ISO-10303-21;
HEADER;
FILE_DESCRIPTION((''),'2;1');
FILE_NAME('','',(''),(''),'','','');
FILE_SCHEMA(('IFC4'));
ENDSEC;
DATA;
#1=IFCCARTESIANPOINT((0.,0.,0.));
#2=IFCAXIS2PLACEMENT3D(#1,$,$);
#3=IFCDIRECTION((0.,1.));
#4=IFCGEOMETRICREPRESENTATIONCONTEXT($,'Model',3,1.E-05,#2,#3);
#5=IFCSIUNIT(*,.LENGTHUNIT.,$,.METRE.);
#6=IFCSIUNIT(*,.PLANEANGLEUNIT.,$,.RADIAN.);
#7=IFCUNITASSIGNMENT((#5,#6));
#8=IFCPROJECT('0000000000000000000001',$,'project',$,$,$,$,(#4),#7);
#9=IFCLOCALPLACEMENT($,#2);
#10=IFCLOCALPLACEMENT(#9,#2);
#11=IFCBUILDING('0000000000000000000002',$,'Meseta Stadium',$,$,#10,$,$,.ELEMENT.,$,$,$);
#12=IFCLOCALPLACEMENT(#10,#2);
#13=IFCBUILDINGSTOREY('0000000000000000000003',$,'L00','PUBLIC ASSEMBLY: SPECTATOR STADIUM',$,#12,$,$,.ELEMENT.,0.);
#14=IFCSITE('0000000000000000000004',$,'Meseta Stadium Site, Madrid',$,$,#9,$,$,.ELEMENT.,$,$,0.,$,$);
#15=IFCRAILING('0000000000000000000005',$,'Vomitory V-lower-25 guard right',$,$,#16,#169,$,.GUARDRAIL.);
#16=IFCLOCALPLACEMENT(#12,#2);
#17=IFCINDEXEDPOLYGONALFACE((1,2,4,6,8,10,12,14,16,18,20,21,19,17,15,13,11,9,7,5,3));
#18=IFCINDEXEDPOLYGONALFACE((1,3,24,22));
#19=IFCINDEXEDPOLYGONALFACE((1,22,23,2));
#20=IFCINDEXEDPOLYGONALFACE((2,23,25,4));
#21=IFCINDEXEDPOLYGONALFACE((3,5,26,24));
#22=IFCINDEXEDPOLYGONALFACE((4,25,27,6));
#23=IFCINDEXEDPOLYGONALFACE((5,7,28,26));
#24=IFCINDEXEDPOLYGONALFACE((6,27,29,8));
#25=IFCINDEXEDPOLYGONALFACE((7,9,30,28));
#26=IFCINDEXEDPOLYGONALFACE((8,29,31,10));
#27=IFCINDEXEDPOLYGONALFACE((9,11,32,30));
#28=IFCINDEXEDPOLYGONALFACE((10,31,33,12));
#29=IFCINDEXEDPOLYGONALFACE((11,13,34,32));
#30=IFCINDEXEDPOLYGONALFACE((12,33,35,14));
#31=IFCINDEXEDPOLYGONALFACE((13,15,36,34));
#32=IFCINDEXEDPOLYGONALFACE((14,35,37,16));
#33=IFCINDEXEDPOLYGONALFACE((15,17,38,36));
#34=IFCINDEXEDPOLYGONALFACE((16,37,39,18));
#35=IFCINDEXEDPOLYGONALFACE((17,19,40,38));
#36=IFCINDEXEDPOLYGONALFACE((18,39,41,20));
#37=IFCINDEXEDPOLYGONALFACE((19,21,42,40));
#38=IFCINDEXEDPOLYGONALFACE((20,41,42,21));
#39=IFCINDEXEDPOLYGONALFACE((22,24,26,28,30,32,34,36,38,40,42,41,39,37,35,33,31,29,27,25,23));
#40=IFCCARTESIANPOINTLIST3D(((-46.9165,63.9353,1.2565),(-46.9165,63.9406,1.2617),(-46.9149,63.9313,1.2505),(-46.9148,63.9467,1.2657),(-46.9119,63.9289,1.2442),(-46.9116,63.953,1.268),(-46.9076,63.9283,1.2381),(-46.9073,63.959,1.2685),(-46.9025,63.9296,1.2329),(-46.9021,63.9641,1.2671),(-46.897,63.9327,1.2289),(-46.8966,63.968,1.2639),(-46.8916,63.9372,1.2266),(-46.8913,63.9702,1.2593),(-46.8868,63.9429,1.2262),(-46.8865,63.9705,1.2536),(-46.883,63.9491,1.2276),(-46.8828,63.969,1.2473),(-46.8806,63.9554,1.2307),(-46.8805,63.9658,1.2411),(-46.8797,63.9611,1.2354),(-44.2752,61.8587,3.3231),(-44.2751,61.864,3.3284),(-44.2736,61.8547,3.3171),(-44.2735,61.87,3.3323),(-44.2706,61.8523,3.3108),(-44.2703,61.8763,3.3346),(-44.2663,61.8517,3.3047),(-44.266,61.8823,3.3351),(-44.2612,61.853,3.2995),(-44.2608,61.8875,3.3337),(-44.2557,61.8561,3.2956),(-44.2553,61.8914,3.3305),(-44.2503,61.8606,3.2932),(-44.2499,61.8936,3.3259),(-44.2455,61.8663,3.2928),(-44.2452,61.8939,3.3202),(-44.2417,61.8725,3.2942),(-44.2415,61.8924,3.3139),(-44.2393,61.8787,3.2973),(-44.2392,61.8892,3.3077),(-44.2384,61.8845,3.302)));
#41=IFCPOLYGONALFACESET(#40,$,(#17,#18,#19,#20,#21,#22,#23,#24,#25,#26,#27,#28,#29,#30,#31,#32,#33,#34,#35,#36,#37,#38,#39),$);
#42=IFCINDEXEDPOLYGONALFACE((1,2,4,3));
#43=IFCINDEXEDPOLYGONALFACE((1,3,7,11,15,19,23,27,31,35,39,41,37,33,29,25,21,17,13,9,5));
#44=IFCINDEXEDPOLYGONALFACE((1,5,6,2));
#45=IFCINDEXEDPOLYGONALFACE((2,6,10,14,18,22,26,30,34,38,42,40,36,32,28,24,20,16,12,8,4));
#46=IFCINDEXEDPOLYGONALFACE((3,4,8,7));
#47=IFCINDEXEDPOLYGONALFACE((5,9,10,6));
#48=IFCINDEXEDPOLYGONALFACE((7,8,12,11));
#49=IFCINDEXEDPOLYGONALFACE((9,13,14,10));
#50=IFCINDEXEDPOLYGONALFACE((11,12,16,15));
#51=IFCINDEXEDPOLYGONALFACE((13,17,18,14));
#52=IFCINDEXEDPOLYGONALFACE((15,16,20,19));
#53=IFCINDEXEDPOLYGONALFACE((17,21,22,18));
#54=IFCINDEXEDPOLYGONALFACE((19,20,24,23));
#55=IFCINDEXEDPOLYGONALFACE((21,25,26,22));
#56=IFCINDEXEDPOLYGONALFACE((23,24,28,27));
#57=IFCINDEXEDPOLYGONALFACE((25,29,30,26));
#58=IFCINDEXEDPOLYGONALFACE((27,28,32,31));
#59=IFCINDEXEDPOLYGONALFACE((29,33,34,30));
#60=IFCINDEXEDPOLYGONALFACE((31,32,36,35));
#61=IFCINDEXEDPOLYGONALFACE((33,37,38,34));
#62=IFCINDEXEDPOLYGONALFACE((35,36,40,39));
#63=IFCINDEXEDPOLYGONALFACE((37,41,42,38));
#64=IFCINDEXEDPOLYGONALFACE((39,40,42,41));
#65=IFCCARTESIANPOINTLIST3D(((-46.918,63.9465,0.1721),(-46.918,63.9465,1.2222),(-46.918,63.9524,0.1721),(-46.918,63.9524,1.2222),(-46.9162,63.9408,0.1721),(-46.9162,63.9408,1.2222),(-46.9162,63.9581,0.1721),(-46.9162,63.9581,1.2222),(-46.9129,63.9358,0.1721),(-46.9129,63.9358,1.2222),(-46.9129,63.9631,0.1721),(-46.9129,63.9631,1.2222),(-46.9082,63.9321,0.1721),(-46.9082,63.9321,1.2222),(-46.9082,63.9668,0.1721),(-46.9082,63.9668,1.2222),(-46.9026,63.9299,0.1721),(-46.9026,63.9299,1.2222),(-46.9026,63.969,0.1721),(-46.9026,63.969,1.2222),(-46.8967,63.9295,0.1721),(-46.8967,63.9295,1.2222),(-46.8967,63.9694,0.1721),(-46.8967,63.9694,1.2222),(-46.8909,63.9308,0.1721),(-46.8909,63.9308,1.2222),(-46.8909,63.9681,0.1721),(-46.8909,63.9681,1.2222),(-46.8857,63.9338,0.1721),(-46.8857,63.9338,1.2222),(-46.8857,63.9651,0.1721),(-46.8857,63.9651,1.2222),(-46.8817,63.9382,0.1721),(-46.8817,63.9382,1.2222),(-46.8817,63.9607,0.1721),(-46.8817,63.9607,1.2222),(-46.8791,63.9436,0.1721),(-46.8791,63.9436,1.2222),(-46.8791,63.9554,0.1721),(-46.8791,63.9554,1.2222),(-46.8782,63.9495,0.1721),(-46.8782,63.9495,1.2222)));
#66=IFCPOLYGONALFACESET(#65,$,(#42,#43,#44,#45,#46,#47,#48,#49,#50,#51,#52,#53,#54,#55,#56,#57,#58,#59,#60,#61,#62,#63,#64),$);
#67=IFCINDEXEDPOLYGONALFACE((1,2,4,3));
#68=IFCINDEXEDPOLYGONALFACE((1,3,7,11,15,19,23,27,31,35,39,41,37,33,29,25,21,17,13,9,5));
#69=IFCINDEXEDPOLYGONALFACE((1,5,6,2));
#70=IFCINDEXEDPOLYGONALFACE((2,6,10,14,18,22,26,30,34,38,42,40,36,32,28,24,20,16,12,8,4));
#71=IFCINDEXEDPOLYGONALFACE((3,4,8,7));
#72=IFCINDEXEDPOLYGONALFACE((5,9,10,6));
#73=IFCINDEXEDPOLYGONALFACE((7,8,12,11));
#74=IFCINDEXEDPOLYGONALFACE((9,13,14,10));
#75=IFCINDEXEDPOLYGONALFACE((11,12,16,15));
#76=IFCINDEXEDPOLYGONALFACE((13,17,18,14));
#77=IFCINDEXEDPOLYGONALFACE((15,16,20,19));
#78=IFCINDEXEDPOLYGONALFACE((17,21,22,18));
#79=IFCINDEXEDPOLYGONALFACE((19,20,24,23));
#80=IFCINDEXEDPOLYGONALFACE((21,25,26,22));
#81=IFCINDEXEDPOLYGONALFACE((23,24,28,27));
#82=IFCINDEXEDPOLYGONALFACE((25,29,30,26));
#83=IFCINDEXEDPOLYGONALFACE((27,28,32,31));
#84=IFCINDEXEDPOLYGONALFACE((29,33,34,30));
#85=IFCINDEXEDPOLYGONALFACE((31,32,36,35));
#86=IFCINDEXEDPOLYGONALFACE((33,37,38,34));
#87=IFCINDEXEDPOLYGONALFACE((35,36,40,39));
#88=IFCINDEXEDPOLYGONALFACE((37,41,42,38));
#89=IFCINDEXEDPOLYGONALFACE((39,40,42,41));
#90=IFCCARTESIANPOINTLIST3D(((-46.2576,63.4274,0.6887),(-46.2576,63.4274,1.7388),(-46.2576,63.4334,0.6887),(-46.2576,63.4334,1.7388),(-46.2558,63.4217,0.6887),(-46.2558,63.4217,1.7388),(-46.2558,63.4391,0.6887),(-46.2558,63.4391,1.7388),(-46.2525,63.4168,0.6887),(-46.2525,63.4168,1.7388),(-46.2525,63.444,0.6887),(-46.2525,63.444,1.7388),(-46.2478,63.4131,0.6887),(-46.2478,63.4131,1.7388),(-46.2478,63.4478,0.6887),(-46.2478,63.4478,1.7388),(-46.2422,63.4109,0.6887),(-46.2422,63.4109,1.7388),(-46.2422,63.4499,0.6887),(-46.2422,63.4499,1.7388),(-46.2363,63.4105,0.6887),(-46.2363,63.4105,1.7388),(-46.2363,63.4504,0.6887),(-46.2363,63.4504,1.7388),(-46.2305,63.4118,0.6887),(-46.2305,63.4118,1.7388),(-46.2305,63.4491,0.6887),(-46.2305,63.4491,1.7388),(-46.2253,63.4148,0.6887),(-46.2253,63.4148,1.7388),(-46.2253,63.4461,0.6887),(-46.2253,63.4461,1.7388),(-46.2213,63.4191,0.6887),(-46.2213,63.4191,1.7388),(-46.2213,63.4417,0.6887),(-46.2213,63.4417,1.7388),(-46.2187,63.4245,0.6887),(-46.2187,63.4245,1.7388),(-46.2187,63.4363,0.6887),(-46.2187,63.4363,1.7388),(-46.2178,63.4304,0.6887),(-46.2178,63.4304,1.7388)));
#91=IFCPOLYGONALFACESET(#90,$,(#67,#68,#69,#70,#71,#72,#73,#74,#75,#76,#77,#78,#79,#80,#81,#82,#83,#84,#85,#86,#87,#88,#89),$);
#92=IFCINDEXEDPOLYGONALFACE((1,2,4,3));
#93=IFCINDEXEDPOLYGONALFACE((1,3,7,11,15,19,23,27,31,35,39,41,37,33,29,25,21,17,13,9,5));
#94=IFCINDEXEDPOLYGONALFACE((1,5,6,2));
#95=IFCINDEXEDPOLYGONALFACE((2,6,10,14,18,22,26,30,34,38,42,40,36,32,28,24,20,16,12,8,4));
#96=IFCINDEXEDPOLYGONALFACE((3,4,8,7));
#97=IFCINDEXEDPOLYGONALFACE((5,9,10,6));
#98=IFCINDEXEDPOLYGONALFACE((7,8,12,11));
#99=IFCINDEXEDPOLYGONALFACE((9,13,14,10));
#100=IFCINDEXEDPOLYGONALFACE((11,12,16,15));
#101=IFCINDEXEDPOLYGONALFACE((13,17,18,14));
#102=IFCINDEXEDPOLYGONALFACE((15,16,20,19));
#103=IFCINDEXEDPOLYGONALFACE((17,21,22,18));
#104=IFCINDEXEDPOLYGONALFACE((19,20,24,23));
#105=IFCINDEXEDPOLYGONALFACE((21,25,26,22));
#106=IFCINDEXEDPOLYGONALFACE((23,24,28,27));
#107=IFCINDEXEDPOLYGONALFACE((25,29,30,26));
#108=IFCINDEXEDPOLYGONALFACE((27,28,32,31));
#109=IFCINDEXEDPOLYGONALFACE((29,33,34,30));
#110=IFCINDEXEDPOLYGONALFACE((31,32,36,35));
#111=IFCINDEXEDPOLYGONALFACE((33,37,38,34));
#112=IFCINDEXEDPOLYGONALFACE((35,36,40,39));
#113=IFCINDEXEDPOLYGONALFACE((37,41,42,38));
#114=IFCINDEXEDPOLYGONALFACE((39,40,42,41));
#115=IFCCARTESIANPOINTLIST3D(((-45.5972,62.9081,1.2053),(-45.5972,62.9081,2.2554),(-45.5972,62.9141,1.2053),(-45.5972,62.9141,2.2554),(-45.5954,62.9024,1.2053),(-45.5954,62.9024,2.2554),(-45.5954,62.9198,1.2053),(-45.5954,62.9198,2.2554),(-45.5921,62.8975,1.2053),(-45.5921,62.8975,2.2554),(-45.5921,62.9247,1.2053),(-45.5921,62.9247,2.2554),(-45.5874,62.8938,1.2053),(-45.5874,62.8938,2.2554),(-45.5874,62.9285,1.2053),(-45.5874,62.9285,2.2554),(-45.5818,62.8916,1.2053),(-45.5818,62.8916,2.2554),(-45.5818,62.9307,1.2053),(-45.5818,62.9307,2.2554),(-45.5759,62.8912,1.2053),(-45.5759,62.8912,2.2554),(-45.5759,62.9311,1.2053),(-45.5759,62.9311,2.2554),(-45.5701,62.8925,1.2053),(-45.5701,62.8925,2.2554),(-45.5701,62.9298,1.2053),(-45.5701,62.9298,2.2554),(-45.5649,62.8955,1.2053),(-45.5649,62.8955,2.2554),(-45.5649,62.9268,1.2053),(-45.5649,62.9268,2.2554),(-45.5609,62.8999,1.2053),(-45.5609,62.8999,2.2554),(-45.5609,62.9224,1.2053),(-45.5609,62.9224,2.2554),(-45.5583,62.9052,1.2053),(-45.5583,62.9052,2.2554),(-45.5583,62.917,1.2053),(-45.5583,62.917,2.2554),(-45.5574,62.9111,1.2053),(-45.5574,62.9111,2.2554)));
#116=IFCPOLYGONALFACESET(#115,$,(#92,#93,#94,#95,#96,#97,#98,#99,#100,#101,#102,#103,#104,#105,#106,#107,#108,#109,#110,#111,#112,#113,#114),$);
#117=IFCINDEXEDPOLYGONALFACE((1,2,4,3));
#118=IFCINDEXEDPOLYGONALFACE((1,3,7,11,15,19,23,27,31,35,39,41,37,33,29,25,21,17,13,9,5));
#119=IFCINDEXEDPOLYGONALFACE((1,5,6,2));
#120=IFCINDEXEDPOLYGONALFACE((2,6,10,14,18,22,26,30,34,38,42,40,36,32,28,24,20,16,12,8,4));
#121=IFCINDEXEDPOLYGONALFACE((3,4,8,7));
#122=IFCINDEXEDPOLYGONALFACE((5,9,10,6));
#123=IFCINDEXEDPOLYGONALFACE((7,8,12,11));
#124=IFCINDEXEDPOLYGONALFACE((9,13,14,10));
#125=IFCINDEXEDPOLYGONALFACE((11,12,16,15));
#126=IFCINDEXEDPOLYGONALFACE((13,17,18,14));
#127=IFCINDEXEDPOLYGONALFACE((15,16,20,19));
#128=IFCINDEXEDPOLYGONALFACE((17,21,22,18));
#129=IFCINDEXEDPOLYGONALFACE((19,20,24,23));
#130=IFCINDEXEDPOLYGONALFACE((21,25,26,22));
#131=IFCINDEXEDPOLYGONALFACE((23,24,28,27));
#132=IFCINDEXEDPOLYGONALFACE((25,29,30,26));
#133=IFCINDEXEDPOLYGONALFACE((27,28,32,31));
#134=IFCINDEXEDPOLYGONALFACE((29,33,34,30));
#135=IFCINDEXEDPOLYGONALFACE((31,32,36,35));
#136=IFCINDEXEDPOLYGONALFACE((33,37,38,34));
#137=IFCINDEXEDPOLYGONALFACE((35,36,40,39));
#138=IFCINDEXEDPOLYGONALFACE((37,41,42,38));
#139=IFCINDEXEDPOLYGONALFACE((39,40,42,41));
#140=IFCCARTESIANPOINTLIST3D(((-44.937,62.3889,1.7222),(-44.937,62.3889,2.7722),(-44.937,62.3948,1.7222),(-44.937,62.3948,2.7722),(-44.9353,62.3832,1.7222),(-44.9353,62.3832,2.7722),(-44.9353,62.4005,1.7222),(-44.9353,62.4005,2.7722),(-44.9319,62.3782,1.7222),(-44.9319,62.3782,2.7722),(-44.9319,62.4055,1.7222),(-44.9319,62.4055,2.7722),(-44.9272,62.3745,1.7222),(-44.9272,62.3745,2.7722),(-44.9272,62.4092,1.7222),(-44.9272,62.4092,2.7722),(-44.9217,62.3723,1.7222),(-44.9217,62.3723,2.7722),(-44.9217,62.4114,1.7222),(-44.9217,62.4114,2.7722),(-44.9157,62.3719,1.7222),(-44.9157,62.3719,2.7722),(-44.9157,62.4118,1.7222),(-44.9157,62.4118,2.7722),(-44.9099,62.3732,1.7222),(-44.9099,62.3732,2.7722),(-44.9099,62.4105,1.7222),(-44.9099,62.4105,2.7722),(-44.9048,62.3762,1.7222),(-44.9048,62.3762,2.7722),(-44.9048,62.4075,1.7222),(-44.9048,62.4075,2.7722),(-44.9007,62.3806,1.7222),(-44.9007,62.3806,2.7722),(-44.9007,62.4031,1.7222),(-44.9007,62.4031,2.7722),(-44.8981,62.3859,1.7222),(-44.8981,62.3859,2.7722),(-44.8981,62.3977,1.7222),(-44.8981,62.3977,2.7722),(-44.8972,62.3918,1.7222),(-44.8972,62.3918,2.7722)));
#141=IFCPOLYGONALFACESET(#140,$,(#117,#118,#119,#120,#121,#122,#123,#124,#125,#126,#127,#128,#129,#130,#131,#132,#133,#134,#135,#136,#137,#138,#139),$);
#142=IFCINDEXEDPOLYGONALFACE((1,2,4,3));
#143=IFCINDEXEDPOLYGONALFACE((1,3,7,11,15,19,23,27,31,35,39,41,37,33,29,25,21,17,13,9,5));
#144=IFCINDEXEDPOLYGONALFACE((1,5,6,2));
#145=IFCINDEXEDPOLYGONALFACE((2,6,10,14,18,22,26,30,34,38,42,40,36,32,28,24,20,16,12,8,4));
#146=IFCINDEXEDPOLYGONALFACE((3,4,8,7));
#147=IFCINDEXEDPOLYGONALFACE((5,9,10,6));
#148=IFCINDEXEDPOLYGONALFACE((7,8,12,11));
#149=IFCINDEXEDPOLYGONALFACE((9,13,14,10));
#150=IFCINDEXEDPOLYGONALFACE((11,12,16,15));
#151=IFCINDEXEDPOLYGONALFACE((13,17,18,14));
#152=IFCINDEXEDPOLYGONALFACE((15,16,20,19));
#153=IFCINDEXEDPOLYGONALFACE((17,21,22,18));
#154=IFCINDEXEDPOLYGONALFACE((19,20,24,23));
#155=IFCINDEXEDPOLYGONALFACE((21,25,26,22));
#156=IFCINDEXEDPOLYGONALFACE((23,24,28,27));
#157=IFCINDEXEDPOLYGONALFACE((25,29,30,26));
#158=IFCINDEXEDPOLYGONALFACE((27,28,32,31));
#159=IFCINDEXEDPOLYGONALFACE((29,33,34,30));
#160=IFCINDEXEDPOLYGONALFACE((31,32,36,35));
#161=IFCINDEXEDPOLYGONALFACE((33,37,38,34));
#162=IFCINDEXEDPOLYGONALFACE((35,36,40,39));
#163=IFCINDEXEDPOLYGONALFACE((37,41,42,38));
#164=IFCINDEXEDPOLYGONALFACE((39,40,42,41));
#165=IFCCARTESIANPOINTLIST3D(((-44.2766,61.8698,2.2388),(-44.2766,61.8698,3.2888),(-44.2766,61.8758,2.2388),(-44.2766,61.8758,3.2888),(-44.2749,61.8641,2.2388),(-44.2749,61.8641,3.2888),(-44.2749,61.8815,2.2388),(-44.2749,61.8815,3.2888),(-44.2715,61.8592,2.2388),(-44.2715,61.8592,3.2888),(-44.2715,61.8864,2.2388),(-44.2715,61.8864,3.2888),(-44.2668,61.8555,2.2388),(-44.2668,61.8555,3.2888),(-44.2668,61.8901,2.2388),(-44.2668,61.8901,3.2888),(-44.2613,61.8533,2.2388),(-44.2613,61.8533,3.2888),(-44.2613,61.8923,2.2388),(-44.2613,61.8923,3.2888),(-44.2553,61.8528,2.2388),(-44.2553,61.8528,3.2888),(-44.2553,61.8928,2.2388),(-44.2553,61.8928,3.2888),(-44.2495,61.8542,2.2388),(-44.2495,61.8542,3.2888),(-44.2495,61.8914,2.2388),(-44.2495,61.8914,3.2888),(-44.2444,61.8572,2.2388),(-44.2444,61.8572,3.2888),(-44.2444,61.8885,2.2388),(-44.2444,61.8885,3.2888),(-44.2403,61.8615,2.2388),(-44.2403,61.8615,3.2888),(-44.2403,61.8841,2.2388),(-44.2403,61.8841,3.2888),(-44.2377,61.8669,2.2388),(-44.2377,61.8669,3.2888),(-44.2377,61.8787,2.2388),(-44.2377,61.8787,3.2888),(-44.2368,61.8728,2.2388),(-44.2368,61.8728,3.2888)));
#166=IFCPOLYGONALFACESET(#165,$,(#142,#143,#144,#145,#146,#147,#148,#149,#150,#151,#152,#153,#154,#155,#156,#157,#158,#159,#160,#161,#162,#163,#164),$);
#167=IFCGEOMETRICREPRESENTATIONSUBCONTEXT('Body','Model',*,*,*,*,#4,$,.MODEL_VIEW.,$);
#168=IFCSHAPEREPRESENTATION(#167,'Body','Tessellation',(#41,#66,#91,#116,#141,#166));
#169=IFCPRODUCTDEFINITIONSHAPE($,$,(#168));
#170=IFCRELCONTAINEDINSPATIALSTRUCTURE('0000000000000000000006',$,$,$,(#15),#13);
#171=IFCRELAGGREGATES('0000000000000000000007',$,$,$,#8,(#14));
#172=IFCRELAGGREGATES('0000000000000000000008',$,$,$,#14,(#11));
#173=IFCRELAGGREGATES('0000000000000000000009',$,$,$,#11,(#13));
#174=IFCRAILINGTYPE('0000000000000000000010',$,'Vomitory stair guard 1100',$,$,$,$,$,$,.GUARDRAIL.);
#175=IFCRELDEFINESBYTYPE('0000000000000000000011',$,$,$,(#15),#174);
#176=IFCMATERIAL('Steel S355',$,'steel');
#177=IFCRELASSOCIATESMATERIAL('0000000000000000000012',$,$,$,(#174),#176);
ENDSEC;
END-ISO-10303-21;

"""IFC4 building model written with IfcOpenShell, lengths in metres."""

from ifc_helpers import new_model, si_unit, direction, frame, origin, origin_2d, place, context, subcontext, project, spatial, circle, extrude, material, type_object, element, save


model = new_model("IFC4")

# Units and contexts
model_context = context("Model", 3, precision=1e-05, world=origin(), true_north=direction((0.0, 1.0)))
body_context = subcontext(model_context, "Body", "Model", "MODEL_VIEW")
ifc_project = project(units=[si_unit("LENGTHUNIT", "METRE"), si_unit("PLANEANGLEUNIT", "RADIAN")], contexts=[model_context])

# Site, building, storey
site_placement = place(None, origin())
site = spatial("IfcSite", under=ifc_project, at=site_placement, Name="Meseta Stadium Site, Madrid", CompositionType="ELEMENT", RefElevation=0.0)
building_placement = place(site_placement, origin())
building = spatial("IfcBuilding", under=site, at=building_placement, Name="Meseta Stadium", CompositionType="ELEMENT")
storey_placement = place(building_placement, origin())
storey = spatial("IfcBuildingStorey", under=building, at=storey_placement, Name="L00", Description="PUBLIC ASSEMBLY: SPECTATOR STADIUM", CompositionType="ELEMENT", Elevation=0.0)

# Railing
ifc_material_1 = material(Name="Steel S355", Category="steel")
railing_type_1 = type_object("IfcRailingType", Name="Vomitory stair guard 1100", PredefinedType="GUARDRAIL", material=ifc_material_1)
for number, where, name in (
    (1, (-46.8982, 63.9495, 0.1721), "Vomitory V-lower-25 guard right"),
):
    element("IfcRailing", number, at=place(storey_placement, frame(where)), inside=storey, type_object=railing_type_1, Name=name, PredefinedType="GUARDRAIL", context=body_context, shape_type="SweptSolid", body=[
        extrude(circle(Radius=0.0249, at=origin_2d()), frame((0.0, 0.0, 1.0752), z_axis=(0.669604, -0.526449, 0.523911), x_axis=(0.618062, 0.786129, 0.0)), (0.0, 0.0, 1.0), 3.9446),
        extrude(circle(Radius=0.02, at=origin_2d()), origin(), (0.0, 0.0, 1.0), 1.05),
        extrude(circle(Radius=0.02, at=origin_2d()), frame((0.6604, -0.519, 0.5166)), (0.0, 0.0, 1.0), 1.05),
        extrude(circle(Radius=0.02, at=origin_2d()), frame((1.3208, -1.0383, 1.0332)), (0.0, 0.0, 1.0), 1.05),
        extrude(circle(Radius=0.02, at=origin_2d()), frame((1.981, -1.5576, 1.55)), (0.0, 0.0, 1.0), 1.05),
        extrude(circle(Radius=0.02, at=origin_2d()), frame((2.6414, -2.0767, 2.0667)), (0.0, 0.0, 1.0), 1.05),
    ])

save(model, "model.ifc")
